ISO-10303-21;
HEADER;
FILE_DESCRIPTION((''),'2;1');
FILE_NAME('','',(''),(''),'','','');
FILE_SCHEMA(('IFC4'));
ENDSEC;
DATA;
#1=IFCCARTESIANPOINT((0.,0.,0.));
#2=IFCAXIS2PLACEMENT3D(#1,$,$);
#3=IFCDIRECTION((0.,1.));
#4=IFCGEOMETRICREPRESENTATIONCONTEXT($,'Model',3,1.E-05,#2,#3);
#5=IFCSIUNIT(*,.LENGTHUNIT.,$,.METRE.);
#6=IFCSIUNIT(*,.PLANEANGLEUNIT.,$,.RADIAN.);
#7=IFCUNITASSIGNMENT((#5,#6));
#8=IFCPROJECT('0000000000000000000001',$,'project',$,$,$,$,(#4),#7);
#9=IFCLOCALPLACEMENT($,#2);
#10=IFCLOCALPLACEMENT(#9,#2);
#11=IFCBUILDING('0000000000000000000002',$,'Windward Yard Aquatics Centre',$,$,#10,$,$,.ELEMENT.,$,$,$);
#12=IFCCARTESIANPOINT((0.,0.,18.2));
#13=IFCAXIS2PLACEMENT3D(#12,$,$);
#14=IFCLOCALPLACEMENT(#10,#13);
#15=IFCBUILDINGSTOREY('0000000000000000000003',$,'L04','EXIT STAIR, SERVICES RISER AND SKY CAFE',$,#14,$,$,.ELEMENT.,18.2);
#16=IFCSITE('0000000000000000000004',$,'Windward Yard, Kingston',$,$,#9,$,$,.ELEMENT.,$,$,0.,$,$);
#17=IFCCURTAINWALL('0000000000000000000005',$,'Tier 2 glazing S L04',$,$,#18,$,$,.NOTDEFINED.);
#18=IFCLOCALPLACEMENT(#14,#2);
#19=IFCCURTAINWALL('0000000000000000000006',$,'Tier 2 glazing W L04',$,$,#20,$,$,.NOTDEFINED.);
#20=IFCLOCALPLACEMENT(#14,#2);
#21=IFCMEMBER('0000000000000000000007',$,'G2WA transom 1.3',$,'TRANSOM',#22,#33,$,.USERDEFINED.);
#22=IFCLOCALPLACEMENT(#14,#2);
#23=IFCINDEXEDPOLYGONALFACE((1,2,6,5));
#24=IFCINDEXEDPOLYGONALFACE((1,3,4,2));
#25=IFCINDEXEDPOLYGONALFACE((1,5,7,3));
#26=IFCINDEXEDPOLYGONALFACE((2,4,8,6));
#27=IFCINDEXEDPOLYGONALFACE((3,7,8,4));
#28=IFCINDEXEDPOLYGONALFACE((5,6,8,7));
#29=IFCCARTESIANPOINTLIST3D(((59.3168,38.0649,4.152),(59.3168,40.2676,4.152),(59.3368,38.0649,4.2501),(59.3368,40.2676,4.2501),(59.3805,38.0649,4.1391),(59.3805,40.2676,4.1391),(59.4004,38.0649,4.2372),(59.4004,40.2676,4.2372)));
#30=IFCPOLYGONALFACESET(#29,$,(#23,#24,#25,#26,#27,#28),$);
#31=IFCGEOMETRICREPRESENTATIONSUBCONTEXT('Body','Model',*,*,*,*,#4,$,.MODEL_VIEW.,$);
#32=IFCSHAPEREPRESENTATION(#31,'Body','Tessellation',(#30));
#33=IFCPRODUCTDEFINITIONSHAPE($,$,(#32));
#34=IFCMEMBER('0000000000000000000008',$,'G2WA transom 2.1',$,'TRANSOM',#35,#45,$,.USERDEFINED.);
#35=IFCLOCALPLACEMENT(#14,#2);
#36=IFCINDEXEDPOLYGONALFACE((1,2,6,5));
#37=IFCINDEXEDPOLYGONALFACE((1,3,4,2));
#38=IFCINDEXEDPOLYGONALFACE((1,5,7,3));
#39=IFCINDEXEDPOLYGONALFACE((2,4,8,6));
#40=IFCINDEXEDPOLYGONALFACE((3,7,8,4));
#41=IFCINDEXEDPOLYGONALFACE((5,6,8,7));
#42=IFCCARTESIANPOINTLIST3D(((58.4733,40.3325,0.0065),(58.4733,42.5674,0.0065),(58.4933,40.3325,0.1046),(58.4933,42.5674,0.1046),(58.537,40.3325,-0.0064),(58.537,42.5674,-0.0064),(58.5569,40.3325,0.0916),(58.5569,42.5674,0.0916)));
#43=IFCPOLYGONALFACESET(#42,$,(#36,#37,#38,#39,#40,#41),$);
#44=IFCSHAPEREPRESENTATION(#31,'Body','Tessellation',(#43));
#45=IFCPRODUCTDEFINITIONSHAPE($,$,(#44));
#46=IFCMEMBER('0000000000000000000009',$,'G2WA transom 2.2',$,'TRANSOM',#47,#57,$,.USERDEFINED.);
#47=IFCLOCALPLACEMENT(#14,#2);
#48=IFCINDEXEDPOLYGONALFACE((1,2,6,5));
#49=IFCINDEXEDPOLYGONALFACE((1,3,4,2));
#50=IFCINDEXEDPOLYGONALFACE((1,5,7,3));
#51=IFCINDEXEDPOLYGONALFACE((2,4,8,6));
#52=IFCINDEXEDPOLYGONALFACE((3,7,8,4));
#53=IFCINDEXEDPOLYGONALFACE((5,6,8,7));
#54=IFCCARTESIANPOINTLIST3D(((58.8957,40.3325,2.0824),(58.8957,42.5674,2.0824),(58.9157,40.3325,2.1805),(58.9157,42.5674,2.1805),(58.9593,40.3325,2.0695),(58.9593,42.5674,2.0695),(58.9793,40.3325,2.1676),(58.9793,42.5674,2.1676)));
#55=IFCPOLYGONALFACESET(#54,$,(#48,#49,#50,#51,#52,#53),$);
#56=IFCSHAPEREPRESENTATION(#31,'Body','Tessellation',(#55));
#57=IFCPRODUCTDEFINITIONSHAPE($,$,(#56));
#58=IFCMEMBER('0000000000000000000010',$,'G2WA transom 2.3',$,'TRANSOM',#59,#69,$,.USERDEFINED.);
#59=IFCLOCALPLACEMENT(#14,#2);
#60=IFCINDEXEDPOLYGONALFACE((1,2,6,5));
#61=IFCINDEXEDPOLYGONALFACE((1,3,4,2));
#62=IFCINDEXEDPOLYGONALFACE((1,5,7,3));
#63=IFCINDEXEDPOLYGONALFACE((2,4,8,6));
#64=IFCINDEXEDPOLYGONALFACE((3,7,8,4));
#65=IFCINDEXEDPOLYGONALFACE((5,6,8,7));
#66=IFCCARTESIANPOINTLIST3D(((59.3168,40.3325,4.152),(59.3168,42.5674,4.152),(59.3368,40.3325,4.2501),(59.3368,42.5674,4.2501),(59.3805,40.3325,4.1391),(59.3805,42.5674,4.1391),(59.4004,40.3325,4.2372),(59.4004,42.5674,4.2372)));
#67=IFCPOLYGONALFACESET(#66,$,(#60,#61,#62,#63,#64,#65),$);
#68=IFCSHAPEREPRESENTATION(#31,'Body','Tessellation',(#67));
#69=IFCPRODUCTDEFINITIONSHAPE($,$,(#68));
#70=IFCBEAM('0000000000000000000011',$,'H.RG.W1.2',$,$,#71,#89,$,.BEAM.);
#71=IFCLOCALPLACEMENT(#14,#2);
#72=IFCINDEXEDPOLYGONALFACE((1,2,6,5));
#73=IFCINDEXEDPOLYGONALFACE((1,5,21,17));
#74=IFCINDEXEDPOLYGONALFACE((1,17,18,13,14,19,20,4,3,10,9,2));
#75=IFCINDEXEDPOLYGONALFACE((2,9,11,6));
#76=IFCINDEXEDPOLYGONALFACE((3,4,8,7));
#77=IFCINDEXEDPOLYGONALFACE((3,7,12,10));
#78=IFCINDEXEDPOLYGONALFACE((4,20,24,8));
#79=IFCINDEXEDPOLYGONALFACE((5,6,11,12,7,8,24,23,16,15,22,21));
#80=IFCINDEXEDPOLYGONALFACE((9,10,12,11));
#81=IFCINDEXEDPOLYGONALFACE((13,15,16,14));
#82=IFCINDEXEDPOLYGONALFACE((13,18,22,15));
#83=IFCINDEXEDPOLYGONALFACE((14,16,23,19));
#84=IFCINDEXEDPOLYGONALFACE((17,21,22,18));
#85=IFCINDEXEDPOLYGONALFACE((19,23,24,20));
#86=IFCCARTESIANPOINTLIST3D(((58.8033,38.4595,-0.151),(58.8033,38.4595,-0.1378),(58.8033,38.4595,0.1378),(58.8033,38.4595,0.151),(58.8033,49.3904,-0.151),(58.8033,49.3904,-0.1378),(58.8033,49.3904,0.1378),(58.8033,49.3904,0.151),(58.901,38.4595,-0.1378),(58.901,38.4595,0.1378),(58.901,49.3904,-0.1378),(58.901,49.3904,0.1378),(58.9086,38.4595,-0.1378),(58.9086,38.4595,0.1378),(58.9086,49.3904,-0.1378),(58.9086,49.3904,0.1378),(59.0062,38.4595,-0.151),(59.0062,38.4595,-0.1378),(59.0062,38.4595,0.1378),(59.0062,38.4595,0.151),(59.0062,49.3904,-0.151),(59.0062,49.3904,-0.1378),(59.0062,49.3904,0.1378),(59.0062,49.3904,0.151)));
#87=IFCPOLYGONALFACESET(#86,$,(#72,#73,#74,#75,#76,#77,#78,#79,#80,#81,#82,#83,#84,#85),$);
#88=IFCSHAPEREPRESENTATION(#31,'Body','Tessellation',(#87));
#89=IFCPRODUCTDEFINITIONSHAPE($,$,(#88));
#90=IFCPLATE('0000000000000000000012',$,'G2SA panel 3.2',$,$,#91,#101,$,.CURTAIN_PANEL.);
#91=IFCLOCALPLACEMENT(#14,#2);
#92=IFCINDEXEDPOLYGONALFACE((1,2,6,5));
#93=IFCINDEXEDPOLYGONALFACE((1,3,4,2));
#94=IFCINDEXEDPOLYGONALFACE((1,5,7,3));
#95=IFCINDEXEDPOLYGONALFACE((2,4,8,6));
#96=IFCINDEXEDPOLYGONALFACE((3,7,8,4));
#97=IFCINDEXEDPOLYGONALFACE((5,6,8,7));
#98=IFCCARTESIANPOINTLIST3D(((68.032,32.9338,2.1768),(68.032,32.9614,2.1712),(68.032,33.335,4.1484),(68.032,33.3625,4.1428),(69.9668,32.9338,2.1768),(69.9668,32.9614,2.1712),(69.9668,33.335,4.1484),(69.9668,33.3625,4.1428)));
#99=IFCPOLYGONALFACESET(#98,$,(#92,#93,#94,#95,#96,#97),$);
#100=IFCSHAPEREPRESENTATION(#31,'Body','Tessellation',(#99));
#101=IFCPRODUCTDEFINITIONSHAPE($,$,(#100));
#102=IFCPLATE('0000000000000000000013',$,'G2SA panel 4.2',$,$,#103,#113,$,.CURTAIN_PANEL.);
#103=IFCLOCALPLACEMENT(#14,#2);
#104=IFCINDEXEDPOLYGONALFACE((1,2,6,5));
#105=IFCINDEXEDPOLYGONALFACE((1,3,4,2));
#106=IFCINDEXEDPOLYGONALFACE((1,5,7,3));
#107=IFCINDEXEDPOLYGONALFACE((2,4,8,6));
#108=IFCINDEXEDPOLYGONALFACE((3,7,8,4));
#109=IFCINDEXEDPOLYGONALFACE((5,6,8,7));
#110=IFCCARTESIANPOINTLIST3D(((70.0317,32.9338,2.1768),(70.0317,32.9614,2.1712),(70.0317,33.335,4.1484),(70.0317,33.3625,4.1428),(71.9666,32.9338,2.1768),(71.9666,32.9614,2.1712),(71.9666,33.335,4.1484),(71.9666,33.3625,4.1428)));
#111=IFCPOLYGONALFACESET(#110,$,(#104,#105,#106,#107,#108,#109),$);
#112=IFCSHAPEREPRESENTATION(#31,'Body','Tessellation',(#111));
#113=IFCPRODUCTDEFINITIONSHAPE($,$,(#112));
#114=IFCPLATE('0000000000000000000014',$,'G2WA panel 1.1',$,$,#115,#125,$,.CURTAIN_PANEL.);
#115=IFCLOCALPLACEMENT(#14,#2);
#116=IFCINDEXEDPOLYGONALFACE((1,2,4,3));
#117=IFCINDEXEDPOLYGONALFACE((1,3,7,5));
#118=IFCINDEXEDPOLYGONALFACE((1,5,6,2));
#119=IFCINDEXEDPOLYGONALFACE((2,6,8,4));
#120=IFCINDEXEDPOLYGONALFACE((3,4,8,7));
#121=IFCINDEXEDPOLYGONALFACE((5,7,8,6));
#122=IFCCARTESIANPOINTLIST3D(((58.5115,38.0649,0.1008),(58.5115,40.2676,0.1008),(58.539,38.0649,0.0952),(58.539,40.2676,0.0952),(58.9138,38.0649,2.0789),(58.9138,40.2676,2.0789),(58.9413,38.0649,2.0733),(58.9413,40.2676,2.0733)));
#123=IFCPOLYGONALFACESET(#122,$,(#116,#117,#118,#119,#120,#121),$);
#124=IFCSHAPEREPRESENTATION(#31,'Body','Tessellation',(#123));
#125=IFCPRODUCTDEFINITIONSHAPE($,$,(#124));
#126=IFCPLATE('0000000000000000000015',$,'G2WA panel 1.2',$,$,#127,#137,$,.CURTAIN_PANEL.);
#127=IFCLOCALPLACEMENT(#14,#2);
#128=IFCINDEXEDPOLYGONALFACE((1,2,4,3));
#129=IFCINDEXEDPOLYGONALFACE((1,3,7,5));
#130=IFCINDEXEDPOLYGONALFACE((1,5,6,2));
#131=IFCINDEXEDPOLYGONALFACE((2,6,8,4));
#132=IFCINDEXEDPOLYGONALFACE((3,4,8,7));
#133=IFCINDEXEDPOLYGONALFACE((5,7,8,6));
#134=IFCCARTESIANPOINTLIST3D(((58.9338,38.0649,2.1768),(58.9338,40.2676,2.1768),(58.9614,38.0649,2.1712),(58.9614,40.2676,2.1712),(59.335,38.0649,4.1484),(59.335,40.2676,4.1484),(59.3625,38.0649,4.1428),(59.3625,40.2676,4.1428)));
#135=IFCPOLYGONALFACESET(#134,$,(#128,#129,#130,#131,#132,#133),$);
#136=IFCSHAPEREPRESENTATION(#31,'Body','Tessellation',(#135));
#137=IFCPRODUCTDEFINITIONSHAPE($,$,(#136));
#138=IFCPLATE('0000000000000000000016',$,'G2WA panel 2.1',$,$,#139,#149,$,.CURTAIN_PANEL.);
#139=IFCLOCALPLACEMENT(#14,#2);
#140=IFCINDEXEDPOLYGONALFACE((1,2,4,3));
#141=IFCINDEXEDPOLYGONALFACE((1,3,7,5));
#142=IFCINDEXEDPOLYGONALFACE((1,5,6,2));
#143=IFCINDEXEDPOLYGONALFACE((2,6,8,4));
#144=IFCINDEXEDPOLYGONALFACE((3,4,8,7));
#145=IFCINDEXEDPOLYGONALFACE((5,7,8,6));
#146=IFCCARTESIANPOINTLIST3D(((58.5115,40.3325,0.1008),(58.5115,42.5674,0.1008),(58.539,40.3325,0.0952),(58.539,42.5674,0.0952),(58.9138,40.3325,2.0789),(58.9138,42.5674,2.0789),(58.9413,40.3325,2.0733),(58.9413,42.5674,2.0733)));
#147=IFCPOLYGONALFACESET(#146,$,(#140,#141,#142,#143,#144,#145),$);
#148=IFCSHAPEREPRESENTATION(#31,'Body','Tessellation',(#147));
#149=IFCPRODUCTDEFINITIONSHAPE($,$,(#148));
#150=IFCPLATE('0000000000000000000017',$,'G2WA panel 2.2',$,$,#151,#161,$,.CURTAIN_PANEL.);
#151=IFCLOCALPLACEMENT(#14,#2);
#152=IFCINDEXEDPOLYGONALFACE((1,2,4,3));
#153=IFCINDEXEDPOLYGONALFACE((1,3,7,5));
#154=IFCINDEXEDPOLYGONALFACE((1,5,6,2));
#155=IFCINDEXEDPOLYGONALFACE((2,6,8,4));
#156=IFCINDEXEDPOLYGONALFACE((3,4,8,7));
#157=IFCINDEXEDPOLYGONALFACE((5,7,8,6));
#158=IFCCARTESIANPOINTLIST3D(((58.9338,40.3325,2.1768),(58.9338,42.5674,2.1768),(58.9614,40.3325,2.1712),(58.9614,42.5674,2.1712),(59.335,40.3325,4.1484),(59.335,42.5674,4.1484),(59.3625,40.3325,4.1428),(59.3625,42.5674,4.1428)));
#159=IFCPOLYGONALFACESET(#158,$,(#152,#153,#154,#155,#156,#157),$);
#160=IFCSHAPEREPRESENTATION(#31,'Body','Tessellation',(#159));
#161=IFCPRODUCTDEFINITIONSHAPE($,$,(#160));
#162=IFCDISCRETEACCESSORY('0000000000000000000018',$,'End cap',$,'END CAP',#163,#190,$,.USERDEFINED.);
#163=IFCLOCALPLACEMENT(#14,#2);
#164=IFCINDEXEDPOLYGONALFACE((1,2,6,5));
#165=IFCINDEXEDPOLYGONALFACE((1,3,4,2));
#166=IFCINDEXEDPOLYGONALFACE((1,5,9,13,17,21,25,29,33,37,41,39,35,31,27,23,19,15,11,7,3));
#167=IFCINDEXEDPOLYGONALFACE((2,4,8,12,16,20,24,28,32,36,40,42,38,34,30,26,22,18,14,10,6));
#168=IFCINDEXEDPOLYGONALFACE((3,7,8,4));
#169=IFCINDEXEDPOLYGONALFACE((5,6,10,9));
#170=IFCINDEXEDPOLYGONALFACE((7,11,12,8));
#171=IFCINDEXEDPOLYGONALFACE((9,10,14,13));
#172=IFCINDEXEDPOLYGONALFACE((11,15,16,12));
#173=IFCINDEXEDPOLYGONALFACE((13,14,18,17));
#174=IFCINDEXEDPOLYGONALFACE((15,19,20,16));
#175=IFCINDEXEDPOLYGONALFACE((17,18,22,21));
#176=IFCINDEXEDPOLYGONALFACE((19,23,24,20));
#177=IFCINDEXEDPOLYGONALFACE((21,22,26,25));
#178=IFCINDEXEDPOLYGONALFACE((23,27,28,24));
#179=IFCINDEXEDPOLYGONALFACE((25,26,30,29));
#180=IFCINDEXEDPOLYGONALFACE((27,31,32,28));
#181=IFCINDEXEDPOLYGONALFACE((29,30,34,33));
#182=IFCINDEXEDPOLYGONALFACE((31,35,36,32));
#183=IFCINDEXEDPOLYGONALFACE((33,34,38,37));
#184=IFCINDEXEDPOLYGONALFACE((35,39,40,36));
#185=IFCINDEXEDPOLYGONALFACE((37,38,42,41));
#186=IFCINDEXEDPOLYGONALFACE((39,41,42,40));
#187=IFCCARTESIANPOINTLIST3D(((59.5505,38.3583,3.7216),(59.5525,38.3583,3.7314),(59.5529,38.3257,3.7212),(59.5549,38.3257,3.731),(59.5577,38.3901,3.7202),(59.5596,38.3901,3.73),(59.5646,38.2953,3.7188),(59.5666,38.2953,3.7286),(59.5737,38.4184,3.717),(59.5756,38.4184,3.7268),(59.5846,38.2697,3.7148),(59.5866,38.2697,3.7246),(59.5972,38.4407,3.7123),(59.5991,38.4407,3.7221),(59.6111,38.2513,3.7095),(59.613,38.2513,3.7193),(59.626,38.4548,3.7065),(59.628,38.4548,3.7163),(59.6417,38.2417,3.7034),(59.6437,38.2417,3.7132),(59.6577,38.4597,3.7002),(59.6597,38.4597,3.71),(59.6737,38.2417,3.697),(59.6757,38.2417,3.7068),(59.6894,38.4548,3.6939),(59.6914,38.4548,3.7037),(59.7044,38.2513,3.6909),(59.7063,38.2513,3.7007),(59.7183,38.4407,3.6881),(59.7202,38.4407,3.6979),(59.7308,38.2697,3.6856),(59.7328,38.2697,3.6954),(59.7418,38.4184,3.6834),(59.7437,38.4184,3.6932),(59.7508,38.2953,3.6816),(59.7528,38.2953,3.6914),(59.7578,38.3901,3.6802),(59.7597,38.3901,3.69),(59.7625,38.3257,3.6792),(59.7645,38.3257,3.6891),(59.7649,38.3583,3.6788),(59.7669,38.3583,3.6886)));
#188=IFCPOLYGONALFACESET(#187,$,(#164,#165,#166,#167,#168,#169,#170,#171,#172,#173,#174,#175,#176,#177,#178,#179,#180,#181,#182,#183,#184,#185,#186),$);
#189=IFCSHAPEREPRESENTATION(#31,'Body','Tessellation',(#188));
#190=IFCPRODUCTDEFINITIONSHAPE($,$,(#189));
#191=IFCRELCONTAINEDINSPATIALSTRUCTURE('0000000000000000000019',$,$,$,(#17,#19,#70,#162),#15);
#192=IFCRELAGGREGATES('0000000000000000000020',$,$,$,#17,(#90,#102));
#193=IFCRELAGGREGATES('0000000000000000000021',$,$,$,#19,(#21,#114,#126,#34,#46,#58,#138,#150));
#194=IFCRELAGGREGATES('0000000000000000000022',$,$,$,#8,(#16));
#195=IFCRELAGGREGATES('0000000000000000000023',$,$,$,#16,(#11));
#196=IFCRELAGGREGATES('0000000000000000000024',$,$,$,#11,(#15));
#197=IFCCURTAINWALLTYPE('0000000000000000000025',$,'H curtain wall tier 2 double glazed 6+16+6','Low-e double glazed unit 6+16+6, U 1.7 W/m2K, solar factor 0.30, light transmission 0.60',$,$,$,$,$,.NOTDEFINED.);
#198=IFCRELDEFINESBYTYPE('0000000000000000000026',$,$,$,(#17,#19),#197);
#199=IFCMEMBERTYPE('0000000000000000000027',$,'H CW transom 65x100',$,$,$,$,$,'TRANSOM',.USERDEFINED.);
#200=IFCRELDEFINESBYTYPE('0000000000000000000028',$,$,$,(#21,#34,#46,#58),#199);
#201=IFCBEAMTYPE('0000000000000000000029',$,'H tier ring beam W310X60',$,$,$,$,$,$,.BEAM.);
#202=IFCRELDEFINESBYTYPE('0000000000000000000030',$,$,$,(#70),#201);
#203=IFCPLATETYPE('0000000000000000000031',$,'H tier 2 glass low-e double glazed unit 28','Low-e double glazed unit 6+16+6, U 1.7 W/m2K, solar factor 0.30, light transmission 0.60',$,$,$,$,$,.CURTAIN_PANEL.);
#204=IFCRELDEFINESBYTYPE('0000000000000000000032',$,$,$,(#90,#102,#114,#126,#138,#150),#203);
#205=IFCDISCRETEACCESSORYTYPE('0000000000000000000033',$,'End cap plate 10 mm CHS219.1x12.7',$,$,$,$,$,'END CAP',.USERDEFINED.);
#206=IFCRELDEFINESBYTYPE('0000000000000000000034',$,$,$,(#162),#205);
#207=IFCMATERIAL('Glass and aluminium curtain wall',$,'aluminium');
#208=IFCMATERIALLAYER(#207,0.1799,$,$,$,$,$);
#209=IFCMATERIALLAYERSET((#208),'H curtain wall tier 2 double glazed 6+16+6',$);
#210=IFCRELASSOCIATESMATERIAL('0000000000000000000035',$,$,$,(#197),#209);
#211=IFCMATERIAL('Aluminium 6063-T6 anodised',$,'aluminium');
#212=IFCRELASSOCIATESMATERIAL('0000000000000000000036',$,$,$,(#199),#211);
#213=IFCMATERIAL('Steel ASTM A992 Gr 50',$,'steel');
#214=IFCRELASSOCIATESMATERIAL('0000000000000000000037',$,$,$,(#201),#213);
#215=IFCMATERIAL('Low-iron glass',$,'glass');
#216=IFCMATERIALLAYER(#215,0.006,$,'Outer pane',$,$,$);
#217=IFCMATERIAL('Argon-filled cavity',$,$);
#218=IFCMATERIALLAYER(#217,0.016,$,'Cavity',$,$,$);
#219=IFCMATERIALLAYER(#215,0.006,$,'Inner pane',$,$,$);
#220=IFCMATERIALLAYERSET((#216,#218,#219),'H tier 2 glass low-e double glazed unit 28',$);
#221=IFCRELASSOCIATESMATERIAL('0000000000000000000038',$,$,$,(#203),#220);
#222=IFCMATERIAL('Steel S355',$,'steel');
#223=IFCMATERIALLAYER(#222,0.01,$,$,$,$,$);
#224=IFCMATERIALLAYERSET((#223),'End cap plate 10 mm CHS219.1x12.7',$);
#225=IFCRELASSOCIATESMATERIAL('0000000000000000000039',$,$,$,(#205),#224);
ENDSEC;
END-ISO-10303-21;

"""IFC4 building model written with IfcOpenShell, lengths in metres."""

from ifc_helpers import new_model, si_unit, direction, frame, origin, origin_2d, place, context, subcontext, project, spatial, polyline, rectangle, circle, i_section, outline, extrude, material, layer, layer_set, material_profile, profile_set, type_object, element, aggregate, save


model = new_model("IFC4")

# Units and contexts
model_context = context("Model", 3, precision=1e-05, world=origin(), true_north=direction((0.0, 1.0)))
body_context = subcontext(model_context, "Body", "Model", "MODEL_VIEW")
ifc_project = project(units=[si_unit("LENGTHUNIT", "METRE"), si_unit("PLANEANGLEUNIT", "RADIAN")], contexts=[model_context])

# Site, building, storey
site_placement = place(None, origin())
site = spatial("IfcSite", under=ifc_project, at=site_placement, Name="Windward Yard, Kingston", CompositionType="ELEMENT", RefElevation=0.0)
building_placement = place(site_placement, origin())
building = spatial("IfcBuilding", under=site, at=building_placement, Name="Windward Yard Aquatics Centre", CompositionType="ELEMENT")
storey_placement = place(building_placement, frame((0.0, 0.0, 18.2)))
storey = spatial("IfcBuildingStorey", under=building, at=storey_placement, Name="L04", Description="EXIT STAIR, SERVICES RISER AND SKY CAFE", CompositionType="ELEMENT", Elevation=18.2)

# Curtain walls, members
ifc_material_1 = material(Name="Glass and aluminium curtain wall", Category="aluminium")
ifc_layer_1 = layer(ifc_material_1, 0.1799)
ifc_layer_set_1 = layer_set([ifc_layer_1], Name="H curtain wall tier 2 double glazed 6+16+6")
curtain_wall_type = type_object("IfcCurtainWallType", Name="H curtain wall tier 2 double glazed 6+16+6", Description="Low-e double glazed unit 6+16+6, U 1.7 W/m2K, solar factor 0.30, light transmission 0.60", PredefinedType="NOTDEFINED", material=ifc_layer_set_1)
curtain_wall_1_placement = place(storey_placement, origin())
curtain_wall_1 = element("IfcCurtainWall", 1, at=curtain_wall_1_placement, inside=storey, type_object=curtain_wall_type, Name="Tier 2 glazing S L04", PredefinedType="NOTDEFINED")
ifc_material_2 = material(Name="Aluminium 6063-T6 anodised", Category="aluminium")
ifc_material_profile_1 = material_profile(ifc_material_2, rectangle(XDim=0.0649, YDim=0.1001, at=origin_2d()), Name="H CW transom 65x100")
ifc_profile_set_1 = profile_set([ifc_material_profile_1], Name="Aluminium 6063-T6 anodised")
member_type = type_object("IfcMemberType", Name="H CW transom 65x100", ElementType="TRANSOM", PredefinedType="USERDEFINED", material=ifc_profile_set_1)
curtain_wall_2_placement = place(storey_placement, origin())
curtain_wall_2 = element("IfcCurtainWall", 2, at=curtain_wall_2_placement, inside=storey, type_object=curtain_wall_type, Name="Tier 2 glazing W L04", PredefinedType="NOTDEFINED")
member_1_placement = place(storey_placement, frame((59.3586, 38.0649, 4.1946), z_axis=(0.0, 1.0, 0.0), x_axis=(-0.979925, 0.0, 0.199368)))
member_1 = element("IfcMember", 3, at=member_1_placement, type_object=member_type, Name="G2WA transom 1.3", ObjectType="TRANSOM", PredefinedType="USERDEFINED", context=body_context, shape_type="SweptSolid", body=[
    extrude(rectangle(XDim=0.0649, YDim=0.1001, at=origin_2d()), origin(), (0.0, 0.0, 1.0), 2.2026),
])
member_2_placement = place(storey_placement, frame((58.5151, 40.3325, 0.0491), z_axis=(0.0, 1.0, 0.0), x_axis=(-0.979925, 0.0, 0.199368)))
member_2 = element("IfcMember", 4, at=member_2_placement, type_object=member_type, Name="G2WA transom 2.1", ObjectType="TRANSOM", PredefinedType="USERDEFINED", context=body_context, shape_type="SweptSolid", body=[
    extrude(rectangle(XDim=0.0649, YDim=0.1001, at=origin_2d()), origin(), (0.0, 0.0, 1.0), 2.2349),
])
member_3_placement = place(storey_placement, frame((58.9375, 40.3325, 2.125), z_axis=(0.0, 1.0, 0.0), x_axis=(-0.979925, 0.0, 0.199368)))
member_3 = element("IfcMember", 5, at=member_3_placement, type_object=member_type, Name="G2WA transom 2.2", ObjectType="TRANSOM", PredefinedType="USERDEFINED", context=body_context, shape_type="SweptSolid", body=[
    extrude(rectangle(XDim=0.0649, YDim=0.1001, at=origin_2d()), origin(), (0.0, 0.0, 1.0), 2.2349),
])
member_4_placement = place(storey_placement, frame((59.3586, 40.3325, 4.1946), z_axis=(0.0, 1.0, 0.0), x_axis=(-0.979925, 0.0, 0.199368)))
member_4 = element("IfcMember", 6, at=member_4_placement, type_object=member_type, Name="G2WA transom 2.3", ObjectType="TRANSOM", PredefinedType="USERDEFINED", context=body_context, shape_type="SweptSolid", body=[
    extrude(rectangle(XDim=0.0649, YDim=0.1001, at=origin_2d()), origin(), (0.0, 0.0, 1.0), 2.2349),
])

# Beam
ifc_material_3 = material(Name="Steel ASTM A992 Gr 50", Category="steel")
ifc_material_profile_2 = material_profile(ifc_material_3, i_section(OverallWidth=0.2029, OverallDepth=0.302, WebThickness=0.0076, FlangeThickness=0.0132, at=origin_2d()), Name="W310X60")
ifc_profile_set_2 = profile_set([ifc_material_profile_2], Name="Steel ASTM A992 Gr 50")
beam_type = type_object("IfcBeamType", Name="H tier ring beam W310X60", PredefinedType="BEAM", material=ifc_profile_set_2)
beam_placement = place(storey_placement, frame((58.9048, 38.4595, 0.0), z_axis=(0.0, 1.0, 0.0), x_axis=(-1.0, 0.0, 0.0)))
element("IfcBeam", 7, at=beam_placement, inside=storey, type_object=beam_type, Name="H.RG.W1.2", PredefinedType="BEAM", context=body_context, shape_type="SweptSolid", body=[
    extrude(i_section(OverallWidth=0.2029, OverallDepth=0.302, WebThickness=0.0076, FlangeThickness=0.0132, at=origin_2d()), origin(), (0.0, 0.0, 1.0), 10.9309),
])

# Plates
ifc_material_4 = material(Name="Low-iron glass", Category="glass")
ifc_layer_2 = layer(ifc_material_4, 0.006, Name="Outer pane")
ifc_material_5 = material(Name="Argon-filled cavity")
ifc_layer_3 = layer(ifc_material_5, 0.016, Name="Cavity")
ifc_layer_4 = layer(ifc_material_4, 0.006, Name="Inner pane")
ifc_layer_set_2 = layer_set([ifc_layer_2, ifc_layer_3, ifc_layer_4], Name="H tier 2 glass low-e double glazed unit 28")
plate_type = type_object("IfcPlateType", Name="H tier 2 glass low-e double glazed unit 28", Description="Low-e double glazed unit 6+16+6, U 1.7 W/m2K, solar factor 0.30, light transmission 0.60", PredefinedType="CURTAIN_PANEL", material=ifc_layer_set_2)
plate_1_placement = place(storey_placement, frame((68.032, 32.9338, 2.1768), z_axis=(0.0, -0.979927, 0.199359), x_axis=(1.0, 0.0, 0.0)))
plate_1 = element("IfcPlate", 8, at=plate_1_placement, type_object=plate_type, Name="G2SA panel 3.2", PredefinedType="CURTAIN_PANEL", context=body_context, shape_type="SweptSolid", body=[
    extrude(outline(polyline([(0.0, 0.0), (1.9348, 0.0), (1.9348, 2.0121), (0.0, 2.0121), (0.0, 0.0)])), origin(), (0.0, 0.0, -1.0), 0.0281),
])
plate_2_placement = place(storey_placement, frame((70.0317, 32.9338, 2.1768), z_axis=(0.0, -0.979927, 0.199359), x_axis=(1.0, 0.0, 0.0)))
plate_2 = element("IfcPlate", 9, at=plate_2_placement, type_object=plate_type, Name="G2SA panel 4.2", PredefinedType="CURTAIN_PANEL", context=body_context, shape_type="SweptSolid", body=[
    extrude(outline(polyline([(0.0, 0.0), (1.9348, 0.0), (1.9348, 2.0121), (0.0, 2.0121), (0.0, 0.0)])), origin(), (0.0, 0.0, -1.0), 0.0281),
])
aggregate(curtain_wall_1, [plate_1, plate_2])
plate_3_placement = place(storey_placement, frame((58.5115, 38.0649, 0.1008), z_axis=(-0.979933, 0.0, 0.199325), x_axis=(0.0, 1.0, 0.0)))
plate_3 = element("IfcPlate", 10, at=plate_3_placement, type_object=plate_type, Name="G2WA panel 1.1", PredefinedType="CURTAIN_PANEL", context=body_context, shape_type="SweptSolid", body=[
    extrude(outline(polyline([(0.0, 0.0), (2.2026, 0.0), (2.2026, -2.0185), (0.0, -2.0185), (0.0, 0.0)])), origin(), (0.0, 0.0, -1.0), 0.0281),
])
plate_4_placement = place(storey_placement, frame((58.9338, 38.0649, 2.1768), z_axis=(-0.979927, 0.0, 0.199359), x_axis=(0.0, 1.0, 0.0)))
plate_4 = element("IfcPlate", 11, at=plate_4_placement, type_object=plate_type, Name="G2WA panel 1.2", PredefinedType="CURTAIN_PANEL", context=body_context, shape_type="SweptSolid", body=[
    extrude(outline(polyline([(0.0, 0.0), (2.2026, 0.0), (2.2026, -2.0121), (0.0, -2.0121), (0.0, 0.0)])), origin(), (0.0, 0.0, -1.0), 0.0281),
])
plate_5_placement = place(storey_placement, frame((58.5115, 40.3325, 0.1008), z_axis=(-0.979933, 0.0, 0.199325), x_axis=(0.0, 1.0, 0.0)))
plate_5 = element("IfcPlate", 12, at=plate_5_placement, type_object=plate_type, Name="G2WA panel 2.1", PredefinedType="CURTAIN_PANEL", context=body_context, shape_type="SweptSolid", body=[
    extrude(outline(polyline([(0.0, 0.0), (2.2349, 0.0), (2.2349, -2.0185), (0.0, -2.0185), (0.0, 0.0)])), origin(), (0.0, 0.0, -1.0), 0.0281),
])
plate_6_placement = place(storey_placement, frame((58.9338, 40.3325, 2.1768), z_axis=(-0.979927, 0.0, 0.199359), x_axis=(0.0, 1.0, 0.0)))
plate_6 = element("IfcPlate", 13, at=plate_6_placement, type_object=plate_type, Name="G2WA panel 2.2", PredefinedType="CURTAIN_PANEL", context=body_context, shape_type="SweptSolid", body=[
    extrude(outline(polyline([(0.0, 0.0), (2.2349, 0.0), (2.2349, -2.0121), (0.0, -2.0121), (0.0, 0.0)])), origin(), (0.0, 0.0, -1.0), 0.0281),
])
aggregate(curtain_wall_2, [member_1, plate_3, plate_4, member_2, member_3, member_4, plate_5, plate_6])

# Discrete accessory
ifc_material_6 = material(Name="Steel S355", Category="steel")
ifc_layer_5 = layer(ifc_material_6, 0.01)
ifc_layer_set_3 = layer_set([ifc_layer_5], Name="End cap plate 10 mm CHS219.1x12.7")
discrete_accessory_type_1 = type_object("IfcDiscreteAccessoryType", Name="End cap plate 10 mm CHS219.1x12.7", ElementType="END CAP", PredefinedType="USERDEFINED", material=ifc_layer_set_3)
discrete_accessory_1_placement = place(storey_placement, frame((59.6577, 38.3501, 3.7002), z_axis=(0.196116, 0.0, 0.980581), x_axis=(0.0, 1.0, 0.0)))
element("IfcDiscreteAccessory", 14, at=discrete_accessory_1_placement, inside=storey, type_object=discrete_accessory_type_1, Name="End cap", ObjectType="END CAP", PredefinedType="USERDEFINED", context=body_context, shape_type="SweptSolid", body=[
    extrude(circle(Radius=0.1096, at=origin_2d()), origin(), (0.0, 0.0, 1.0), 0.01),
])

save(model, "model.ifc")
